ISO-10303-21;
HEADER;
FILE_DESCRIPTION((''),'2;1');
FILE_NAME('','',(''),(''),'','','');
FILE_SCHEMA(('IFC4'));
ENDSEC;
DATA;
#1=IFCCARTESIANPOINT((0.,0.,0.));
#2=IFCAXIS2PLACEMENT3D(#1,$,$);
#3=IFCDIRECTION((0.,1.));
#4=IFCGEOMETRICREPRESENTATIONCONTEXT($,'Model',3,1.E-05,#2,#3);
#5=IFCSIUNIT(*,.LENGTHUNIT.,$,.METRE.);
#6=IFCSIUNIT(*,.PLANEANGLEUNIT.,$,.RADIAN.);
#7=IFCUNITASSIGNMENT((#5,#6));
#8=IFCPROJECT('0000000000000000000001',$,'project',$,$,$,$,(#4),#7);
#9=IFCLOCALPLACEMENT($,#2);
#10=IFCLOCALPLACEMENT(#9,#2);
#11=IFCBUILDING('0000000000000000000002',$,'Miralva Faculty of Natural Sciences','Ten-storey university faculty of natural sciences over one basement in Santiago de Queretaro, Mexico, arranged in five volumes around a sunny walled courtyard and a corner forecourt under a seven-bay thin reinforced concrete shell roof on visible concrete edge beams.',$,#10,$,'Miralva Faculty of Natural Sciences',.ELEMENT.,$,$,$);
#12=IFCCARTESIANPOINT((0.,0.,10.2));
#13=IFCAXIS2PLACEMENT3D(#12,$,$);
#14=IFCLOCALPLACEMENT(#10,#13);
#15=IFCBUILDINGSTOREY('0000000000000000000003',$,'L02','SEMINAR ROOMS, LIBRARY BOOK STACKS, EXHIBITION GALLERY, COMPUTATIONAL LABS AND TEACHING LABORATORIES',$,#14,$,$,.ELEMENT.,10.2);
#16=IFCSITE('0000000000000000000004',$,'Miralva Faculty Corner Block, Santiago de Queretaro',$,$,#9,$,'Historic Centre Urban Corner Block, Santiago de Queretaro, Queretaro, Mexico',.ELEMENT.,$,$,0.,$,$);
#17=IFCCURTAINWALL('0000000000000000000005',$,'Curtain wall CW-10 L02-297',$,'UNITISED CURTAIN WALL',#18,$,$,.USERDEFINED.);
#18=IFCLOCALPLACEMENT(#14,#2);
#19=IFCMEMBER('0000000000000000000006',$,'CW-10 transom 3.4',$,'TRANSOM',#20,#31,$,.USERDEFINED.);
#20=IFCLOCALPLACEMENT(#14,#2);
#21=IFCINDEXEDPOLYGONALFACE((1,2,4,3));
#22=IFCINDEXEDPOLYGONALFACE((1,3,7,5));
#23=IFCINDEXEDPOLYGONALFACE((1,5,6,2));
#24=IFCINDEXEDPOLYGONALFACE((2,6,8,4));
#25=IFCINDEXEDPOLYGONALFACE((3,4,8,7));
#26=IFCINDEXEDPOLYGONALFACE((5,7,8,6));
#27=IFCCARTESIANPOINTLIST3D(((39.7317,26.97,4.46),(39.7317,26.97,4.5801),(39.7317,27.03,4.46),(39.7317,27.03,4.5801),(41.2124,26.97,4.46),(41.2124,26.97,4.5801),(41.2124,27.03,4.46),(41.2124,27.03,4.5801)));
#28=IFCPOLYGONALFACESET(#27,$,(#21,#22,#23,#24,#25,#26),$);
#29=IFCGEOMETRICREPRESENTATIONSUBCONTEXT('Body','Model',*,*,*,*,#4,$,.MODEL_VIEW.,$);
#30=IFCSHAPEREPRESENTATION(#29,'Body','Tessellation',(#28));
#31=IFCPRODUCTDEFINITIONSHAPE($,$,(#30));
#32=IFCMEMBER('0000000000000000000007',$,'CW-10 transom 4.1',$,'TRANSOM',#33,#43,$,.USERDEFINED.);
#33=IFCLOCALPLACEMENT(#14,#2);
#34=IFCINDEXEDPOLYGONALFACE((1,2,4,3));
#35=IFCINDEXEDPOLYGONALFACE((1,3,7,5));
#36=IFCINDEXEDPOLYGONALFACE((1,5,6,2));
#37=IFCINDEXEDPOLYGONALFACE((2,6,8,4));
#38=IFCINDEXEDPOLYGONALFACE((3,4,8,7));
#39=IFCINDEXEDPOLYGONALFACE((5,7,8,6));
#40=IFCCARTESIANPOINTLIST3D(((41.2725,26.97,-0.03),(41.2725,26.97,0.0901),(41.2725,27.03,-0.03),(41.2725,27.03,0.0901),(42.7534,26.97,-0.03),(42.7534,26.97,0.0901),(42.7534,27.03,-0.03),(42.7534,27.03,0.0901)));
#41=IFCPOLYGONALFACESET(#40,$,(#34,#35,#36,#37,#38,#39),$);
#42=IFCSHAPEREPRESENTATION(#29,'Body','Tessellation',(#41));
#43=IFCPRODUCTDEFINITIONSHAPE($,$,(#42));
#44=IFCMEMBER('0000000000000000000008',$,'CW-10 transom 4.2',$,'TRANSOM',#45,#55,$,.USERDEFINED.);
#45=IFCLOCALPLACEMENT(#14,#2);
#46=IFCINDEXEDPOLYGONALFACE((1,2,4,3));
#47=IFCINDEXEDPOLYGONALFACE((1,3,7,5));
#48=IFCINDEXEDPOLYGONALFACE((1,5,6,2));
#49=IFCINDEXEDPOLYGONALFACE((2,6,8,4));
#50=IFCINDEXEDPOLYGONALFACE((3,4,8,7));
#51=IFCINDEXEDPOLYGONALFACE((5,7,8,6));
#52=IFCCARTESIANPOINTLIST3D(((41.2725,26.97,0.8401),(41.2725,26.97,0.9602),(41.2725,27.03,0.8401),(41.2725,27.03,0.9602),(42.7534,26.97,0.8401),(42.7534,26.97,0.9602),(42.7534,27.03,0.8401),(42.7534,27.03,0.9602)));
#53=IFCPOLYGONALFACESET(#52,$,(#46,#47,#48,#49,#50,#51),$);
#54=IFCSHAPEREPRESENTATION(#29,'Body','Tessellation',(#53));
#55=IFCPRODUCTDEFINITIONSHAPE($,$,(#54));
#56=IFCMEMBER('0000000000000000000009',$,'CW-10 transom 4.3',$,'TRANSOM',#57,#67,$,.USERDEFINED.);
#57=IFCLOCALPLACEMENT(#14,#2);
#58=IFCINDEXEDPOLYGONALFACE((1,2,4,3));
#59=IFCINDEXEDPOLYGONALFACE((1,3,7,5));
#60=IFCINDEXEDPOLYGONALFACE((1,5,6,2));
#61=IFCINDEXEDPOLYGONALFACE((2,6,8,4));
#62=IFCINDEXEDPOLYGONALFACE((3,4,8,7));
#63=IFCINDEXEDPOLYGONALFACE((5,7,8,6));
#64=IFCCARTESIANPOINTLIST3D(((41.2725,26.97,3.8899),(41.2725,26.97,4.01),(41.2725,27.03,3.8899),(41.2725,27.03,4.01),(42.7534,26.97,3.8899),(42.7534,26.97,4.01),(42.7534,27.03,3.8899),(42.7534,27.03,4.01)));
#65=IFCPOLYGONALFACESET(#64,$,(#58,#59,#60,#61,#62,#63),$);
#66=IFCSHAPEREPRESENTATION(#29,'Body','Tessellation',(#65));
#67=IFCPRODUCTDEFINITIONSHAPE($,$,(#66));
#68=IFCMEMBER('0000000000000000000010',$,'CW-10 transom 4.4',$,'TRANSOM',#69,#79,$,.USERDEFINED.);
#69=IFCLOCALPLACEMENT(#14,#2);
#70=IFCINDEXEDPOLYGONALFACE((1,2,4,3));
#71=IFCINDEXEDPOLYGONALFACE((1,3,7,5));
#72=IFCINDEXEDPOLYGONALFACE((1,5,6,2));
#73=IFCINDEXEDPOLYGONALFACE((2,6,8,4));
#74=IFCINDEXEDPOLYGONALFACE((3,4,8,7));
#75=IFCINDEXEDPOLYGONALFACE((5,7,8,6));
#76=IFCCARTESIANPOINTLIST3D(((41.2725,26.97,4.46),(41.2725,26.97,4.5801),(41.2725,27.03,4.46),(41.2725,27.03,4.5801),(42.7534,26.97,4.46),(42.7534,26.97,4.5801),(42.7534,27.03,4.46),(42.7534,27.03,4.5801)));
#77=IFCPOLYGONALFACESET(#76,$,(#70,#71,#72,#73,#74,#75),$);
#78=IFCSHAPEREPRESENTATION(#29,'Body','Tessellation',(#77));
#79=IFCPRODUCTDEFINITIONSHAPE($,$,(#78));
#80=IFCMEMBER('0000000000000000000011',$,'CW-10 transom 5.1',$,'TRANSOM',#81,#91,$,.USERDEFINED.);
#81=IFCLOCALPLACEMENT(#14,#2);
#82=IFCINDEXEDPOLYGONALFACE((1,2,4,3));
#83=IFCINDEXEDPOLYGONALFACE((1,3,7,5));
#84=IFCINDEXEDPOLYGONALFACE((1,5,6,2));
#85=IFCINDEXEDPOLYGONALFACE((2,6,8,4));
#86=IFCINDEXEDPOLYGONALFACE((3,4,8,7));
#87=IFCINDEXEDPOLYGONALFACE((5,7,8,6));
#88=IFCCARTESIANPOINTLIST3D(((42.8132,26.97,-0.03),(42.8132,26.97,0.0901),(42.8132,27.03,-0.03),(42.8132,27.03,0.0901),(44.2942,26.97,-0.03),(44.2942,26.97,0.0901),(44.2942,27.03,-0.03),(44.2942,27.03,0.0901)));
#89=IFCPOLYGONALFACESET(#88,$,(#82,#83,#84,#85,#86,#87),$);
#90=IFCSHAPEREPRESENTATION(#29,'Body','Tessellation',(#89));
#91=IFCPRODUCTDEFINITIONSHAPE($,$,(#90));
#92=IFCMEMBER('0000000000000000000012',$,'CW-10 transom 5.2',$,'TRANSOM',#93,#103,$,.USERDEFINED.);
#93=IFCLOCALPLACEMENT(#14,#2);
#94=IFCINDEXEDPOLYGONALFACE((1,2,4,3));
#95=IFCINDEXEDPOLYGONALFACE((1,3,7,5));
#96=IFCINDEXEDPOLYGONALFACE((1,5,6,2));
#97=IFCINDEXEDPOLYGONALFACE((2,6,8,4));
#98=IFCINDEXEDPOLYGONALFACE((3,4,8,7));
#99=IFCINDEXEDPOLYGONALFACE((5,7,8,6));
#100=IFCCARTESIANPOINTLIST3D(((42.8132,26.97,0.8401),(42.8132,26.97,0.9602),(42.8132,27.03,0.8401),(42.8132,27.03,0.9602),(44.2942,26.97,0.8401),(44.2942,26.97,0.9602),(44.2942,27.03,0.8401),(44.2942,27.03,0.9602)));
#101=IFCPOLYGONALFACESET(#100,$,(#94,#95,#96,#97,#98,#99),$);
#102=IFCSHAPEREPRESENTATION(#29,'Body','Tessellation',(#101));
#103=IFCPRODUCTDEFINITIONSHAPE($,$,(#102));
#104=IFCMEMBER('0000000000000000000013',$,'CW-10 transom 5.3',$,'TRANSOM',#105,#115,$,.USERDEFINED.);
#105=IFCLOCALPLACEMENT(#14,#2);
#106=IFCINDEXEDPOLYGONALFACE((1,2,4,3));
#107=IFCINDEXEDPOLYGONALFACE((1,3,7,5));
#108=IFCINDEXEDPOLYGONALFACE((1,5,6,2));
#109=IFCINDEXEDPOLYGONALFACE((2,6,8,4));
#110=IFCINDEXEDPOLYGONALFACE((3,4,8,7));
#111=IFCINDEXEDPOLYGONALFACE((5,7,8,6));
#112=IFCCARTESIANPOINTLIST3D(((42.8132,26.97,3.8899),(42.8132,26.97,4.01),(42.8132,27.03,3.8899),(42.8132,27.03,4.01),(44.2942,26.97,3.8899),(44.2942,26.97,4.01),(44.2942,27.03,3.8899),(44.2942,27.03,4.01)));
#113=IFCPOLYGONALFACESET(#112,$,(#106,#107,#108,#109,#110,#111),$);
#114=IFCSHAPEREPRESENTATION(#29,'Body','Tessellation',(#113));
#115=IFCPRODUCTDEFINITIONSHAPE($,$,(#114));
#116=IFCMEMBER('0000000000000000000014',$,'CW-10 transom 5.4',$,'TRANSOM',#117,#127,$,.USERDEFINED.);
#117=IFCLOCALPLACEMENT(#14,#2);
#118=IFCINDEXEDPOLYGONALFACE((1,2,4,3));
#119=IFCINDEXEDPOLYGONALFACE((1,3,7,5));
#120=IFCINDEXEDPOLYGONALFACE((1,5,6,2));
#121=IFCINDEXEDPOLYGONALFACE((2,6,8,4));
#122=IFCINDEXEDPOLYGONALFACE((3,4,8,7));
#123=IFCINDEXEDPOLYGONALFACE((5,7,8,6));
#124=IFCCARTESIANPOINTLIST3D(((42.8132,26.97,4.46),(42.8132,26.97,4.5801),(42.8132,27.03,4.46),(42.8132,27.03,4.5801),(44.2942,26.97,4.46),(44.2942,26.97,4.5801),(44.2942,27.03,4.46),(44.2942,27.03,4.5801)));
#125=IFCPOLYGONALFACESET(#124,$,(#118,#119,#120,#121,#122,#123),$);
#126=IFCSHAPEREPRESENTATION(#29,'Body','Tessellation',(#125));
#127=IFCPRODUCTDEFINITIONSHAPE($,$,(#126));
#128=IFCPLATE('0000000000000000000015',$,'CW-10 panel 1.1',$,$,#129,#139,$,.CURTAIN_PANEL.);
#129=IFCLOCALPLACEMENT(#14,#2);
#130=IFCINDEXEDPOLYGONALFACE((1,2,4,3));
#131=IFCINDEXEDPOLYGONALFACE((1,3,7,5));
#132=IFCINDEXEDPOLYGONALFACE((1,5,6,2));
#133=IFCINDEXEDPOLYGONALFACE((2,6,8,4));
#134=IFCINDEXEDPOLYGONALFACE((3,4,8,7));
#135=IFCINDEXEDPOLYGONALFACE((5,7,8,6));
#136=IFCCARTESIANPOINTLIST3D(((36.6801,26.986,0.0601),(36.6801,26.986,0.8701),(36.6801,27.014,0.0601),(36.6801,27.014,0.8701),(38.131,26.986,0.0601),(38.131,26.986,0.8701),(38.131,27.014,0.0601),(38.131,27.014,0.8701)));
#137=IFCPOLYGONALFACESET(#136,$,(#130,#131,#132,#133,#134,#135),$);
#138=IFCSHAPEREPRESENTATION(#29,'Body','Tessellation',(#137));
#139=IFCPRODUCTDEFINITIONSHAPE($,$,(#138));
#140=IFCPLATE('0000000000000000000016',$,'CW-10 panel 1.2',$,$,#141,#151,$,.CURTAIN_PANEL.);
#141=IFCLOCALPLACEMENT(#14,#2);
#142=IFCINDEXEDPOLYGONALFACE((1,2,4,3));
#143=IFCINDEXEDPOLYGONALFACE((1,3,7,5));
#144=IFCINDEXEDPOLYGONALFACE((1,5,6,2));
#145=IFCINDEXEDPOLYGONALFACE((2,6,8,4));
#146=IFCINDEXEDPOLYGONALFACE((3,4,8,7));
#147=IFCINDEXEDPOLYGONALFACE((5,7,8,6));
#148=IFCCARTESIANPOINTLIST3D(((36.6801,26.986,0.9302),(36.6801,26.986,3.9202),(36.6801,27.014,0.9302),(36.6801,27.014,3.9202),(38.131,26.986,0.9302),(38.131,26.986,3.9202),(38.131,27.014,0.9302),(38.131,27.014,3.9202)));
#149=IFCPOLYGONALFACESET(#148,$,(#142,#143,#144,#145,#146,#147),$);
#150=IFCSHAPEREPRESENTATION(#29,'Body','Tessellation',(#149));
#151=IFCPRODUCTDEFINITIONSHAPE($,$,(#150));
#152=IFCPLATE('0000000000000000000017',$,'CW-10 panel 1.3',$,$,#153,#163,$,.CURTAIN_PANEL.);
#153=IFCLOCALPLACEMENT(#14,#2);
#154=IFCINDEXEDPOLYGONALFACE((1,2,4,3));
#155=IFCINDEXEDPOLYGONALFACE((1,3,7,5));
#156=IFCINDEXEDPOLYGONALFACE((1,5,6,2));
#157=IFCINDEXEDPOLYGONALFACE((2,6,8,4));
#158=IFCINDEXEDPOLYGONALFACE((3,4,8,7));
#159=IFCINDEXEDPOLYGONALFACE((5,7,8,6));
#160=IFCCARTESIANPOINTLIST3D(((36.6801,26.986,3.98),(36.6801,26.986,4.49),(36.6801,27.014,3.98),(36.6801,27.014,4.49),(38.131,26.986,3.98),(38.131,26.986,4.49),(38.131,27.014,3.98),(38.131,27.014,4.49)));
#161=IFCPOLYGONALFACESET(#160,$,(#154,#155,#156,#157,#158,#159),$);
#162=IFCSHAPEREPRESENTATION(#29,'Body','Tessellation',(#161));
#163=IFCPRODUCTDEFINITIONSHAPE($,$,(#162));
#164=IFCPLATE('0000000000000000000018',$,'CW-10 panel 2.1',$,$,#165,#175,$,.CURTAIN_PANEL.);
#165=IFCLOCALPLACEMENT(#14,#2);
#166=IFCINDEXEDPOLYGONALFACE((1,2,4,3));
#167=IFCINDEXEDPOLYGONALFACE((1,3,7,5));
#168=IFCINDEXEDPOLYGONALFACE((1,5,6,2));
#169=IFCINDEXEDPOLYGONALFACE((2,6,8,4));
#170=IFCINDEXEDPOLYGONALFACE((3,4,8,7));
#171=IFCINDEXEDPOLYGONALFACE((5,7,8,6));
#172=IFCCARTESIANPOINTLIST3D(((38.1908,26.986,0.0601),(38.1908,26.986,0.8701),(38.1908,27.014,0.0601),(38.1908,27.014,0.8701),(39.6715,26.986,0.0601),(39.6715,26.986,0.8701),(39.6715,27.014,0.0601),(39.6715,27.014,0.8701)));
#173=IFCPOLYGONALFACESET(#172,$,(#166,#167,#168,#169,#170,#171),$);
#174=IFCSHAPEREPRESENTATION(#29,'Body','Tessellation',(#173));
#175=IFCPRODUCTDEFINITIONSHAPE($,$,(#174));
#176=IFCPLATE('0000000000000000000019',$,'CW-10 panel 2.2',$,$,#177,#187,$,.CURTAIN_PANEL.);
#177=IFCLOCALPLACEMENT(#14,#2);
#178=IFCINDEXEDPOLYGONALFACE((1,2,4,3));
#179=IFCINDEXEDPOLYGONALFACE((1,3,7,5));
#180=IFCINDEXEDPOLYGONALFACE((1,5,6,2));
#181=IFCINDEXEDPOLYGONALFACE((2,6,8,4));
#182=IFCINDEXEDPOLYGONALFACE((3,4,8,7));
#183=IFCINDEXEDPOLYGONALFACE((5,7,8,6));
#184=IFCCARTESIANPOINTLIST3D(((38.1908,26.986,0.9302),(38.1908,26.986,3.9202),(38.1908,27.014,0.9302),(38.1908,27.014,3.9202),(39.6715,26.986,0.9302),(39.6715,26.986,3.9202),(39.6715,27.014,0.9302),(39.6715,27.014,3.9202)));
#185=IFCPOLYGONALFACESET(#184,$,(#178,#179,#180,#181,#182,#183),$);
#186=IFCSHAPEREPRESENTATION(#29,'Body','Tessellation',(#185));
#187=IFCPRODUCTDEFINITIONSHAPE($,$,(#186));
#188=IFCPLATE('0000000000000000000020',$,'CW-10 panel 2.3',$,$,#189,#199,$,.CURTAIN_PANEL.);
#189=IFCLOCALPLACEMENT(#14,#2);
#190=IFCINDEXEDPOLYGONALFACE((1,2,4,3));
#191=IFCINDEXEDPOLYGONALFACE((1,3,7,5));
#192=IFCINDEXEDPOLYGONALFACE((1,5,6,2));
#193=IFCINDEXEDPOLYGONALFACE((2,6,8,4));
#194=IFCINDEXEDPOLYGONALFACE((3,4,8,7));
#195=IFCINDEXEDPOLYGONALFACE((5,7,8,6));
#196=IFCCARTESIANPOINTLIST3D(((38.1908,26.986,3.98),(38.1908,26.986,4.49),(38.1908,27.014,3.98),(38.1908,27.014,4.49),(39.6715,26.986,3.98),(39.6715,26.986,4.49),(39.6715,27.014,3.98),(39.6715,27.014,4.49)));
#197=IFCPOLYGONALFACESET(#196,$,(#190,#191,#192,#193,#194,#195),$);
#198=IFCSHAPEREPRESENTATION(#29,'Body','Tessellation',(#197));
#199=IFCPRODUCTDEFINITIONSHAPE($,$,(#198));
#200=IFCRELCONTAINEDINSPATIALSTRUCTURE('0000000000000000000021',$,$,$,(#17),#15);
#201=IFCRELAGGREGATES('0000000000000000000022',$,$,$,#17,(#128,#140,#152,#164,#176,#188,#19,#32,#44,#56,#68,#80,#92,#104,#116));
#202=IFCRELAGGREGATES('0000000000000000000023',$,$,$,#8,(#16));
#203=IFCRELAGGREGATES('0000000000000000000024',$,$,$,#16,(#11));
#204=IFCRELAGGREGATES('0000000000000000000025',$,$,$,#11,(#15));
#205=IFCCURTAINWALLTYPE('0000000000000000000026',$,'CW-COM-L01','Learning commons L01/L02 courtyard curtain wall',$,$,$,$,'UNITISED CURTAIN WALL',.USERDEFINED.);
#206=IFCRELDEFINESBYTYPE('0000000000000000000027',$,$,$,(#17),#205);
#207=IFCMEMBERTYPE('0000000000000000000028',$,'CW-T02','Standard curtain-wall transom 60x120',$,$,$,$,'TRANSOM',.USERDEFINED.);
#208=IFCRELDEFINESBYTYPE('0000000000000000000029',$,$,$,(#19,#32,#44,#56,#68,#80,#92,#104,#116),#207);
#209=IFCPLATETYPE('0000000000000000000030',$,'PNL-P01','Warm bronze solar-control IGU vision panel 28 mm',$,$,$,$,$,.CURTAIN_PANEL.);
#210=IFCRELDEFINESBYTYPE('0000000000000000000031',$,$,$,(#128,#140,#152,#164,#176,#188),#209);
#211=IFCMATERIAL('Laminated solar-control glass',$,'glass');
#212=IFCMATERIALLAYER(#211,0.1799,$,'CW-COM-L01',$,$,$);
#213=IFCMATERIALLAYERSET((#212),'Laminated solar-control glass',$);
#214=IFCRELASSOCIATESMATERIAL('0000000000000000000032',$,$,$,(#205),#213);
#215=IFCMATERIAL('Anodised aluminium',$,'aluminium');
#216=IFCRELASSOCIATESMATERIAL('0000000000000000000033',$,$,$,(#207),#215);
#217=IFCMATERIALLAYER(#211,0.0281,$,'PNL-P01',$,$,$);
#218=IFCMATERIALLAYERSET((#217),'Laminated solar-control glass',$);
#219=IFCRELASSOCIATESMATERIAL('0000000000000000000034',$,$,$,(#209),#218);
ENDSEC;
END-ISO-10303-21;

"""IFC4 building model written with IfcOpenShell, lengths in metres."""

from ifc_helpers import new_model, si_unit, direction, frame, origin, origin_2d, place, context, subcontext, project, spatial, rectangle, extrude, material, layer, layer_set, material_profile, profile_set, type_object, element, aggregate, save


model = new_model("IFC4")

# Units and contexts
model_context = context("Model", 3, precision=1e-05, world=origin(), true_north=direction((0.0, 1.0)))
body_context = subcontext(model_context, "Body", "Model", "MODEL_VIEW")
ifc_project = project(units=[si_unit("LENGTHUNIT", "METRE"), si_unit("PLANEANGLEUNIT", "RADIAN")], contexts=[model_context])

# Site, building, storey
site_placement = place(None, origin())
site = spatial("IfcSite", under=ifc_project, at=site_placement, Name="Miralva Faculty Corner Block, Santiago de Queretaro", LongName="Historic Centre Urban Corner Block, Santiago de Queretaro, Queretaro, Mexico", CompositionType="ELEMENT", RefElevation=0.0)
building_placement = place(site_placement, origin())
building = spatial("IfcBuilding", under=site, at=building_placement, Name="Miralva Faculty of Natural Sciences", Description="Ten-storey university faculty of natural sciences over one basement in Santiago de Queretaro, Mexico, arranged in five volumes around a sunny walled courtyard and a corner forecourt under a seven-bay thin reinforced concrete shell roof on visible concrete edge beams.", LongName="Miralva Faculty of Natural Sciences", CompositionType="ELEMENT")
storey_placement = place(building_placement, frame((0.0, 0.0, 10.2)))
storey = spatial("IfcBuildingStorey", under=building, at=storey_placement, Name="L02", Description="SEMINAR ROOMS, LIBRARY BOOK STACKS, EXHIBITION GALLERY, COMPUTATIONAL LABS AND TEACHING LABORATORIES", CompositionType="ELEMENT", Elevation=10.2)

# Curtain wall, members, plates
ifc_material_1 = material(Name="Laminated solar-control glass", Category="glass")
ifc_layer_1 = layer(ifc_material_1, 0.1799, Name="CW-COM-L01")
ifc_layer_set_1 = layer_set([ifc_layer_1], Name="Laminated solar-control glass")
curtain_wall_type = type_object("IfcCurtainWallType", Name="CW-COM-L01", Description="Learning commons L01/L02 courtyard curtain wall", ElementType="UNITISED CURTAIN WALL", PredefinedType="USERDEFINED", material=ifc_layer_set_1)
curtain_wall_placement = place(storey_placement, origin())
curtain_wall = element("IfcCurtainWall", 1, at=curtain_wall_placement, inside=storey, type_object=curtain_wall_type, Name="Curtain wall CW-10 L02-297", ObjectType="UNITISED CURTAIN WALL", PredefinedType="USERDEFINED")
ifc_material_2 = material(Name="Anodised aluminium", Category="aluminium")
ifc_material_profile_1 = material_profile(ifc_material_2, rectangle(XDim=0.0601, YDim=0.1201, at=origin_2d()), Name="TRANSOM 60x120")
ifc_profile_set_1 = profile_set([ifc_material_profile_1], Name="Anodised aluminium")
member_type_1 = type_object("IfcMemberType", Name="CW-T02", Description="Standard curtain-wall transom 60x120", ElementType="TRANSOM", PredefinedType="USERDEFINED", material=ifc_profile_set_1)
member_1_placement = place(storey_placement, frame((39.7317, 27.0, 4.52), z_axis=(1.0, 0.0, 0.0), x_axis=(0.0, 1.0, 0.0)))
member_1 = element("IfcMember", 2, at=member_1_placement, type_object=member_type_1, Name="CW-10 transom 3.4", ObjectType="TRANSOM", PredefinedType="USERDEFINED", context=body_context, shape_type="SweptSolid", body=[
    extrude(rectangle(XDim=0.0601, YDim=0.1201, at=origin_2d()), origin(), (0.0, 0.0, 1.0), 1.4807),
])
member_2_placement = place(storey_placement, frame((41.2725, 27.0, 0.03), z_axis=(1.0, 0.0, 0.0), x_axis=(0.0, 1.0, 0.0)))
member_2 = element("IfcMember", 3, at=member_2_placement, type_object=member_type_1, Name="CW-10 transom 4.1", ObjectType="TRANSOM", PredefinedType="USERDEFINED", context=body_context, shape_type="SweptSolid", body=[
    extrude(rectangle(XDim=0.0601, YDim=0.1201, at=origin_2d()), origin(), (0.0, 0.0, 1.0), 1.481),
])
member_3_placement = place(storey_placement, frame((41.2725, 27.0, 0.9001), z_axis=(1.0, 0.0, 0.0), x_axis=(0.0, 1.0, 0.0)))
member_3 = element("IfcMember", 4, at=member_3_placement, type_object=member_type_1, Name="CW-10 transom 4.2", ObjectType="TRANSOM", PredefinedType="USERDEFINED", context=body_context, shape_type="SweptSolid", body=[
    extrude(rectangle(XDim=0.0601, YDim=0.1201, at=origin_2d()), origin(), (0.0, 0.0, 1.0), 1.481),
])
member_4_placement = place(storey_placement, frame((41.2725, 27.0, 3.95), z_axis=(1.0, 0.0, 0.0), x_axis=(0.0, 1.0, 0.0)))
member_4 = element("IfcMember", 5, at=member_4_placement, type_object=member_type_1, Name="CW-10 transom 4.3", ObjectType="TRANSOM", PredefinedType="USERDEFINED", context=body_context, shape_type="SweptSolid", body=[
    extrude(rectangle(XDim=0.0601, YDim=0.1201, at=origin_2d()), origin(), (0.0, 0.0, 1.0), 1.481),
])
member_5_placement = place(storey_placement, frame((41.2725, 27.0, 4.52), z_axis=(1.0, 0.0, 0.0), x_axis=(0.0, 1.0, 0.0)))
member_5 = element("IfcMember", 6, at=member_5_placement, type_object=member_type_1, Name="CW-10 transom 4.4", ObjectType="TRANSOM", PredefinedType="USERDEFINED", context=body_context, shape_type="SweptSolid", body=[
    extrude(rectangle(XDim=0.0601, YDim=0.1201, at=origin_2d()), origin(), (0.0, 0.0, 1.0), 1.481),
])
member_6_placement = place(storey_placement, frame((42.8132, 27.0, 0.03), z_axis=(1.0, 0.0, 0.0), x_axis=(0.0, 1.0, 0.0)))
member_6 = element("IfcMember", 7, at=member_6_placement, type_object=member_type_1, Name="CW-10 transom 5.1", ObjectType="TRANSOM", PredefinedType="USERDEFINED", context=body_context, shape_type="SweptSolid", body=[
    extrude(rectangle(XDim=0.0601, YDim=0.1201, at=origin_2d()), origin(), (0.0, 0.0, 1.0), 1.481),
])
member_7_placement = place(storey_placement, frame((42.8132, 27.0, 0.9001), z_axis=(1.0, 0.0, 0.0), x_axis=(0.0, 1.0, 0.0)))
member_7 = element("IfcMember", 8, at=member_7_placement, type_object=member_type_1, Name="CW-10 transom 5.2", ObjectType="TRANSOM", PredefinedType="USERDEFINED", context=body_context, shape_type="SweptSolid", body=[
    extrude(rectangle(XDim=0.0601, YDim=0.1201, at=origin_2d()), origin(), (0.0, 0.0, 1.0), 1.481),
])
member_8_placement = place(storey_placement, frame((42.8132, 27.0, 3.95), z_axis=(1.0, 0.0, 0.0), x_axis=(0.0, 1.0, 0.0)))
member_8 = element("IfcMember", 9, at=member_8_placement, type_object=member_type_1, Name="CW-10 transom 5.3", ObjectType="TRANSOM", PredefinedType="USERDEFINED", context=body_context, shape_type="SweptSolid", body=[
    extrude(rectangle(XDim=0.0601, YDim=0.1201, at=origin_2d()), origin(), (0.0, 0.0, 1.0), 1.481),
])
member_9_placement = place(storey_placement, frame((42.8132, 27.0, 4.52), z_axis=(1.0, 0.0, 0.0), x_axis=(0.0, 1.0, 0.0)))
member_9 = element("IfcMember", 10, at=member_9_placement, type_object=member_type_1, Name="CW-10 transom 5.4", ObjectType="TRANSOM", PredefinedType="USERDEFINED", context=body_context, shape_type="SweptSolid", body=[
    extrude(rectangle(XDim=0.0601, YDim=0.1201, at=origin_2d()), origin(), (0.0, 0.0, 1.0), 1.481),
])
ifc_layer_2 = layer(ifc_material_1, 0.0281, Name="PNL-P01")
ifc_layer_set_2 = layer_set([ifc_layer_2], Name="Laminated solar-control glass")
plate_type = type_object("IfcPlateType", Name="PNL-P01", Description="Warm bronze solar-control IGU vision panel 28 mm", PredefinedType="CURTAIN_PANEL", material=ifc_layer_set_2)
plate_1_placement = place(storey_placement, frame((37.4055, 27.0, 0.0601), z_axis=(0.0, 0.0, 1.0), x_axis=(1.0, 0.0, 0.0)))
plate_1 = element("IfcPlate", 11, at=plate_1_placement, type_object=plate_type, Name="CW-10 panel 1.1", PredefinedType="CURTAIN_PANEL", context=body_context, shape_type="SweptSolid", body=[
    extrude(rectangle(XDim=1.4509, YDim=0.0281, at=origin_2d()), origin(), (0.0, 0.0, 1.0), 0.8101),
])
plate_2_placement = place(storey_placement, frame((37.4055, 27.0, 0.9302), z_axis=(0.0, 0.0, 1.0), x_axis=(1.0, 0.0, 0.0)))
plate_2 = element("IfcPlate", 12, at=plate_2_placement, type_object=plate_type, Name="CW-10 panel 1.2", PredefinedType="CURTAIN_PANEL", context=body_context, shape_type="SweptSolid", body=[
    extrude(rectangle(XDim=1.4509, YDim=0.0281, at=origin_2d()), origin(), (0.0, 0.0, 1.0), 2.99),
])
plate_3_placement = place(storey_placement, frame((37.4055, 27.0, 3.98), z_axis=(0.0, 0.0, 1.0), x_axis=(1.0, 0.0, 0.0)))
plate_3 = element("IfcPlate", 13, at=plate_3_placement, type_object=plate_type, Name="CW-10 panel 1.3", PredefinedType="CURTAIN_PANEL", context=body_context, shape_type="SweptSolid", body=[
    extrude(rectangle(XDim=1.4509, YDim=0.0281, at=origin_2d()), origin(), (0.0, 0.0, 1.0), 0.51),
])
plate_4_placement = place(storey_placement, frame((38.9312, 27.0, 0.0601), z_axis=(0.0, 0.0, 1.0), x_axis=(1.0, 0.0, 0.0)))
plate_4 = element("IfcPlate", 14, at=plate_4_placement, type_object=plate_type, Name="CW-10 panel 2.1", PredefinedType="CURTAIN_PANEL", context=body_context, shape_type="SweptSolid", body=[
    extrude(rectangle(XDim=1.4807, YDim=0.0281, at=origin_2d()), origin(), (0.0, 0.0, 1.0), 0.8101),
])
plate_5_placement = place(storey_placement, frame((38.9312, 27.0, 0.9302), z_axis=(0.0, 0.0, 1.0), x_axis=(1.0, 0.0, 0.0)))
plate_5 = element("IfcPlate", 15, at=plate_5_placement, type_object=plate_type, Name="CW-10 panel 2.2", PredefinedType="CURTAIN_PANEL", context=body_context, shape_type="SweptSolid", body=[
    extrude(rectangle(XDim=1.4807, YDim=0.0281, at=origin_2d()), origin(), (0.0, 0.0, 1.0), 2.99),
])
plate_6_placement = place(storey_placement, frame((38.9312, 27.0, 3.98), z_axis=(0.0, 0.0, 1.0), x_axis=(1.0, 0.0, 0.0)))
plate_6 = element("IfcPlate", 16, at=plate_6_placement, type_object=plate_type, Name="CW-10 panel 2.3", PredefinedType="CURTAIN_PANEL", context=body_context, shape_type="SweptSolid", body=[
    extrude(rectangle(XDim=1.4807, YDim=0.0281, at=origin_2d()), origin(), (0.0, 0.0, 1.0), 0.51),
])
aggregate(curtain_wall, [plate_1, plate_2, plate_3, plate_4, plate_5, plate_6, member_1, member_2, member_3, member_4, member_5, member_6, member_7, member_8, member_9])

save(model, "model.ifc")
